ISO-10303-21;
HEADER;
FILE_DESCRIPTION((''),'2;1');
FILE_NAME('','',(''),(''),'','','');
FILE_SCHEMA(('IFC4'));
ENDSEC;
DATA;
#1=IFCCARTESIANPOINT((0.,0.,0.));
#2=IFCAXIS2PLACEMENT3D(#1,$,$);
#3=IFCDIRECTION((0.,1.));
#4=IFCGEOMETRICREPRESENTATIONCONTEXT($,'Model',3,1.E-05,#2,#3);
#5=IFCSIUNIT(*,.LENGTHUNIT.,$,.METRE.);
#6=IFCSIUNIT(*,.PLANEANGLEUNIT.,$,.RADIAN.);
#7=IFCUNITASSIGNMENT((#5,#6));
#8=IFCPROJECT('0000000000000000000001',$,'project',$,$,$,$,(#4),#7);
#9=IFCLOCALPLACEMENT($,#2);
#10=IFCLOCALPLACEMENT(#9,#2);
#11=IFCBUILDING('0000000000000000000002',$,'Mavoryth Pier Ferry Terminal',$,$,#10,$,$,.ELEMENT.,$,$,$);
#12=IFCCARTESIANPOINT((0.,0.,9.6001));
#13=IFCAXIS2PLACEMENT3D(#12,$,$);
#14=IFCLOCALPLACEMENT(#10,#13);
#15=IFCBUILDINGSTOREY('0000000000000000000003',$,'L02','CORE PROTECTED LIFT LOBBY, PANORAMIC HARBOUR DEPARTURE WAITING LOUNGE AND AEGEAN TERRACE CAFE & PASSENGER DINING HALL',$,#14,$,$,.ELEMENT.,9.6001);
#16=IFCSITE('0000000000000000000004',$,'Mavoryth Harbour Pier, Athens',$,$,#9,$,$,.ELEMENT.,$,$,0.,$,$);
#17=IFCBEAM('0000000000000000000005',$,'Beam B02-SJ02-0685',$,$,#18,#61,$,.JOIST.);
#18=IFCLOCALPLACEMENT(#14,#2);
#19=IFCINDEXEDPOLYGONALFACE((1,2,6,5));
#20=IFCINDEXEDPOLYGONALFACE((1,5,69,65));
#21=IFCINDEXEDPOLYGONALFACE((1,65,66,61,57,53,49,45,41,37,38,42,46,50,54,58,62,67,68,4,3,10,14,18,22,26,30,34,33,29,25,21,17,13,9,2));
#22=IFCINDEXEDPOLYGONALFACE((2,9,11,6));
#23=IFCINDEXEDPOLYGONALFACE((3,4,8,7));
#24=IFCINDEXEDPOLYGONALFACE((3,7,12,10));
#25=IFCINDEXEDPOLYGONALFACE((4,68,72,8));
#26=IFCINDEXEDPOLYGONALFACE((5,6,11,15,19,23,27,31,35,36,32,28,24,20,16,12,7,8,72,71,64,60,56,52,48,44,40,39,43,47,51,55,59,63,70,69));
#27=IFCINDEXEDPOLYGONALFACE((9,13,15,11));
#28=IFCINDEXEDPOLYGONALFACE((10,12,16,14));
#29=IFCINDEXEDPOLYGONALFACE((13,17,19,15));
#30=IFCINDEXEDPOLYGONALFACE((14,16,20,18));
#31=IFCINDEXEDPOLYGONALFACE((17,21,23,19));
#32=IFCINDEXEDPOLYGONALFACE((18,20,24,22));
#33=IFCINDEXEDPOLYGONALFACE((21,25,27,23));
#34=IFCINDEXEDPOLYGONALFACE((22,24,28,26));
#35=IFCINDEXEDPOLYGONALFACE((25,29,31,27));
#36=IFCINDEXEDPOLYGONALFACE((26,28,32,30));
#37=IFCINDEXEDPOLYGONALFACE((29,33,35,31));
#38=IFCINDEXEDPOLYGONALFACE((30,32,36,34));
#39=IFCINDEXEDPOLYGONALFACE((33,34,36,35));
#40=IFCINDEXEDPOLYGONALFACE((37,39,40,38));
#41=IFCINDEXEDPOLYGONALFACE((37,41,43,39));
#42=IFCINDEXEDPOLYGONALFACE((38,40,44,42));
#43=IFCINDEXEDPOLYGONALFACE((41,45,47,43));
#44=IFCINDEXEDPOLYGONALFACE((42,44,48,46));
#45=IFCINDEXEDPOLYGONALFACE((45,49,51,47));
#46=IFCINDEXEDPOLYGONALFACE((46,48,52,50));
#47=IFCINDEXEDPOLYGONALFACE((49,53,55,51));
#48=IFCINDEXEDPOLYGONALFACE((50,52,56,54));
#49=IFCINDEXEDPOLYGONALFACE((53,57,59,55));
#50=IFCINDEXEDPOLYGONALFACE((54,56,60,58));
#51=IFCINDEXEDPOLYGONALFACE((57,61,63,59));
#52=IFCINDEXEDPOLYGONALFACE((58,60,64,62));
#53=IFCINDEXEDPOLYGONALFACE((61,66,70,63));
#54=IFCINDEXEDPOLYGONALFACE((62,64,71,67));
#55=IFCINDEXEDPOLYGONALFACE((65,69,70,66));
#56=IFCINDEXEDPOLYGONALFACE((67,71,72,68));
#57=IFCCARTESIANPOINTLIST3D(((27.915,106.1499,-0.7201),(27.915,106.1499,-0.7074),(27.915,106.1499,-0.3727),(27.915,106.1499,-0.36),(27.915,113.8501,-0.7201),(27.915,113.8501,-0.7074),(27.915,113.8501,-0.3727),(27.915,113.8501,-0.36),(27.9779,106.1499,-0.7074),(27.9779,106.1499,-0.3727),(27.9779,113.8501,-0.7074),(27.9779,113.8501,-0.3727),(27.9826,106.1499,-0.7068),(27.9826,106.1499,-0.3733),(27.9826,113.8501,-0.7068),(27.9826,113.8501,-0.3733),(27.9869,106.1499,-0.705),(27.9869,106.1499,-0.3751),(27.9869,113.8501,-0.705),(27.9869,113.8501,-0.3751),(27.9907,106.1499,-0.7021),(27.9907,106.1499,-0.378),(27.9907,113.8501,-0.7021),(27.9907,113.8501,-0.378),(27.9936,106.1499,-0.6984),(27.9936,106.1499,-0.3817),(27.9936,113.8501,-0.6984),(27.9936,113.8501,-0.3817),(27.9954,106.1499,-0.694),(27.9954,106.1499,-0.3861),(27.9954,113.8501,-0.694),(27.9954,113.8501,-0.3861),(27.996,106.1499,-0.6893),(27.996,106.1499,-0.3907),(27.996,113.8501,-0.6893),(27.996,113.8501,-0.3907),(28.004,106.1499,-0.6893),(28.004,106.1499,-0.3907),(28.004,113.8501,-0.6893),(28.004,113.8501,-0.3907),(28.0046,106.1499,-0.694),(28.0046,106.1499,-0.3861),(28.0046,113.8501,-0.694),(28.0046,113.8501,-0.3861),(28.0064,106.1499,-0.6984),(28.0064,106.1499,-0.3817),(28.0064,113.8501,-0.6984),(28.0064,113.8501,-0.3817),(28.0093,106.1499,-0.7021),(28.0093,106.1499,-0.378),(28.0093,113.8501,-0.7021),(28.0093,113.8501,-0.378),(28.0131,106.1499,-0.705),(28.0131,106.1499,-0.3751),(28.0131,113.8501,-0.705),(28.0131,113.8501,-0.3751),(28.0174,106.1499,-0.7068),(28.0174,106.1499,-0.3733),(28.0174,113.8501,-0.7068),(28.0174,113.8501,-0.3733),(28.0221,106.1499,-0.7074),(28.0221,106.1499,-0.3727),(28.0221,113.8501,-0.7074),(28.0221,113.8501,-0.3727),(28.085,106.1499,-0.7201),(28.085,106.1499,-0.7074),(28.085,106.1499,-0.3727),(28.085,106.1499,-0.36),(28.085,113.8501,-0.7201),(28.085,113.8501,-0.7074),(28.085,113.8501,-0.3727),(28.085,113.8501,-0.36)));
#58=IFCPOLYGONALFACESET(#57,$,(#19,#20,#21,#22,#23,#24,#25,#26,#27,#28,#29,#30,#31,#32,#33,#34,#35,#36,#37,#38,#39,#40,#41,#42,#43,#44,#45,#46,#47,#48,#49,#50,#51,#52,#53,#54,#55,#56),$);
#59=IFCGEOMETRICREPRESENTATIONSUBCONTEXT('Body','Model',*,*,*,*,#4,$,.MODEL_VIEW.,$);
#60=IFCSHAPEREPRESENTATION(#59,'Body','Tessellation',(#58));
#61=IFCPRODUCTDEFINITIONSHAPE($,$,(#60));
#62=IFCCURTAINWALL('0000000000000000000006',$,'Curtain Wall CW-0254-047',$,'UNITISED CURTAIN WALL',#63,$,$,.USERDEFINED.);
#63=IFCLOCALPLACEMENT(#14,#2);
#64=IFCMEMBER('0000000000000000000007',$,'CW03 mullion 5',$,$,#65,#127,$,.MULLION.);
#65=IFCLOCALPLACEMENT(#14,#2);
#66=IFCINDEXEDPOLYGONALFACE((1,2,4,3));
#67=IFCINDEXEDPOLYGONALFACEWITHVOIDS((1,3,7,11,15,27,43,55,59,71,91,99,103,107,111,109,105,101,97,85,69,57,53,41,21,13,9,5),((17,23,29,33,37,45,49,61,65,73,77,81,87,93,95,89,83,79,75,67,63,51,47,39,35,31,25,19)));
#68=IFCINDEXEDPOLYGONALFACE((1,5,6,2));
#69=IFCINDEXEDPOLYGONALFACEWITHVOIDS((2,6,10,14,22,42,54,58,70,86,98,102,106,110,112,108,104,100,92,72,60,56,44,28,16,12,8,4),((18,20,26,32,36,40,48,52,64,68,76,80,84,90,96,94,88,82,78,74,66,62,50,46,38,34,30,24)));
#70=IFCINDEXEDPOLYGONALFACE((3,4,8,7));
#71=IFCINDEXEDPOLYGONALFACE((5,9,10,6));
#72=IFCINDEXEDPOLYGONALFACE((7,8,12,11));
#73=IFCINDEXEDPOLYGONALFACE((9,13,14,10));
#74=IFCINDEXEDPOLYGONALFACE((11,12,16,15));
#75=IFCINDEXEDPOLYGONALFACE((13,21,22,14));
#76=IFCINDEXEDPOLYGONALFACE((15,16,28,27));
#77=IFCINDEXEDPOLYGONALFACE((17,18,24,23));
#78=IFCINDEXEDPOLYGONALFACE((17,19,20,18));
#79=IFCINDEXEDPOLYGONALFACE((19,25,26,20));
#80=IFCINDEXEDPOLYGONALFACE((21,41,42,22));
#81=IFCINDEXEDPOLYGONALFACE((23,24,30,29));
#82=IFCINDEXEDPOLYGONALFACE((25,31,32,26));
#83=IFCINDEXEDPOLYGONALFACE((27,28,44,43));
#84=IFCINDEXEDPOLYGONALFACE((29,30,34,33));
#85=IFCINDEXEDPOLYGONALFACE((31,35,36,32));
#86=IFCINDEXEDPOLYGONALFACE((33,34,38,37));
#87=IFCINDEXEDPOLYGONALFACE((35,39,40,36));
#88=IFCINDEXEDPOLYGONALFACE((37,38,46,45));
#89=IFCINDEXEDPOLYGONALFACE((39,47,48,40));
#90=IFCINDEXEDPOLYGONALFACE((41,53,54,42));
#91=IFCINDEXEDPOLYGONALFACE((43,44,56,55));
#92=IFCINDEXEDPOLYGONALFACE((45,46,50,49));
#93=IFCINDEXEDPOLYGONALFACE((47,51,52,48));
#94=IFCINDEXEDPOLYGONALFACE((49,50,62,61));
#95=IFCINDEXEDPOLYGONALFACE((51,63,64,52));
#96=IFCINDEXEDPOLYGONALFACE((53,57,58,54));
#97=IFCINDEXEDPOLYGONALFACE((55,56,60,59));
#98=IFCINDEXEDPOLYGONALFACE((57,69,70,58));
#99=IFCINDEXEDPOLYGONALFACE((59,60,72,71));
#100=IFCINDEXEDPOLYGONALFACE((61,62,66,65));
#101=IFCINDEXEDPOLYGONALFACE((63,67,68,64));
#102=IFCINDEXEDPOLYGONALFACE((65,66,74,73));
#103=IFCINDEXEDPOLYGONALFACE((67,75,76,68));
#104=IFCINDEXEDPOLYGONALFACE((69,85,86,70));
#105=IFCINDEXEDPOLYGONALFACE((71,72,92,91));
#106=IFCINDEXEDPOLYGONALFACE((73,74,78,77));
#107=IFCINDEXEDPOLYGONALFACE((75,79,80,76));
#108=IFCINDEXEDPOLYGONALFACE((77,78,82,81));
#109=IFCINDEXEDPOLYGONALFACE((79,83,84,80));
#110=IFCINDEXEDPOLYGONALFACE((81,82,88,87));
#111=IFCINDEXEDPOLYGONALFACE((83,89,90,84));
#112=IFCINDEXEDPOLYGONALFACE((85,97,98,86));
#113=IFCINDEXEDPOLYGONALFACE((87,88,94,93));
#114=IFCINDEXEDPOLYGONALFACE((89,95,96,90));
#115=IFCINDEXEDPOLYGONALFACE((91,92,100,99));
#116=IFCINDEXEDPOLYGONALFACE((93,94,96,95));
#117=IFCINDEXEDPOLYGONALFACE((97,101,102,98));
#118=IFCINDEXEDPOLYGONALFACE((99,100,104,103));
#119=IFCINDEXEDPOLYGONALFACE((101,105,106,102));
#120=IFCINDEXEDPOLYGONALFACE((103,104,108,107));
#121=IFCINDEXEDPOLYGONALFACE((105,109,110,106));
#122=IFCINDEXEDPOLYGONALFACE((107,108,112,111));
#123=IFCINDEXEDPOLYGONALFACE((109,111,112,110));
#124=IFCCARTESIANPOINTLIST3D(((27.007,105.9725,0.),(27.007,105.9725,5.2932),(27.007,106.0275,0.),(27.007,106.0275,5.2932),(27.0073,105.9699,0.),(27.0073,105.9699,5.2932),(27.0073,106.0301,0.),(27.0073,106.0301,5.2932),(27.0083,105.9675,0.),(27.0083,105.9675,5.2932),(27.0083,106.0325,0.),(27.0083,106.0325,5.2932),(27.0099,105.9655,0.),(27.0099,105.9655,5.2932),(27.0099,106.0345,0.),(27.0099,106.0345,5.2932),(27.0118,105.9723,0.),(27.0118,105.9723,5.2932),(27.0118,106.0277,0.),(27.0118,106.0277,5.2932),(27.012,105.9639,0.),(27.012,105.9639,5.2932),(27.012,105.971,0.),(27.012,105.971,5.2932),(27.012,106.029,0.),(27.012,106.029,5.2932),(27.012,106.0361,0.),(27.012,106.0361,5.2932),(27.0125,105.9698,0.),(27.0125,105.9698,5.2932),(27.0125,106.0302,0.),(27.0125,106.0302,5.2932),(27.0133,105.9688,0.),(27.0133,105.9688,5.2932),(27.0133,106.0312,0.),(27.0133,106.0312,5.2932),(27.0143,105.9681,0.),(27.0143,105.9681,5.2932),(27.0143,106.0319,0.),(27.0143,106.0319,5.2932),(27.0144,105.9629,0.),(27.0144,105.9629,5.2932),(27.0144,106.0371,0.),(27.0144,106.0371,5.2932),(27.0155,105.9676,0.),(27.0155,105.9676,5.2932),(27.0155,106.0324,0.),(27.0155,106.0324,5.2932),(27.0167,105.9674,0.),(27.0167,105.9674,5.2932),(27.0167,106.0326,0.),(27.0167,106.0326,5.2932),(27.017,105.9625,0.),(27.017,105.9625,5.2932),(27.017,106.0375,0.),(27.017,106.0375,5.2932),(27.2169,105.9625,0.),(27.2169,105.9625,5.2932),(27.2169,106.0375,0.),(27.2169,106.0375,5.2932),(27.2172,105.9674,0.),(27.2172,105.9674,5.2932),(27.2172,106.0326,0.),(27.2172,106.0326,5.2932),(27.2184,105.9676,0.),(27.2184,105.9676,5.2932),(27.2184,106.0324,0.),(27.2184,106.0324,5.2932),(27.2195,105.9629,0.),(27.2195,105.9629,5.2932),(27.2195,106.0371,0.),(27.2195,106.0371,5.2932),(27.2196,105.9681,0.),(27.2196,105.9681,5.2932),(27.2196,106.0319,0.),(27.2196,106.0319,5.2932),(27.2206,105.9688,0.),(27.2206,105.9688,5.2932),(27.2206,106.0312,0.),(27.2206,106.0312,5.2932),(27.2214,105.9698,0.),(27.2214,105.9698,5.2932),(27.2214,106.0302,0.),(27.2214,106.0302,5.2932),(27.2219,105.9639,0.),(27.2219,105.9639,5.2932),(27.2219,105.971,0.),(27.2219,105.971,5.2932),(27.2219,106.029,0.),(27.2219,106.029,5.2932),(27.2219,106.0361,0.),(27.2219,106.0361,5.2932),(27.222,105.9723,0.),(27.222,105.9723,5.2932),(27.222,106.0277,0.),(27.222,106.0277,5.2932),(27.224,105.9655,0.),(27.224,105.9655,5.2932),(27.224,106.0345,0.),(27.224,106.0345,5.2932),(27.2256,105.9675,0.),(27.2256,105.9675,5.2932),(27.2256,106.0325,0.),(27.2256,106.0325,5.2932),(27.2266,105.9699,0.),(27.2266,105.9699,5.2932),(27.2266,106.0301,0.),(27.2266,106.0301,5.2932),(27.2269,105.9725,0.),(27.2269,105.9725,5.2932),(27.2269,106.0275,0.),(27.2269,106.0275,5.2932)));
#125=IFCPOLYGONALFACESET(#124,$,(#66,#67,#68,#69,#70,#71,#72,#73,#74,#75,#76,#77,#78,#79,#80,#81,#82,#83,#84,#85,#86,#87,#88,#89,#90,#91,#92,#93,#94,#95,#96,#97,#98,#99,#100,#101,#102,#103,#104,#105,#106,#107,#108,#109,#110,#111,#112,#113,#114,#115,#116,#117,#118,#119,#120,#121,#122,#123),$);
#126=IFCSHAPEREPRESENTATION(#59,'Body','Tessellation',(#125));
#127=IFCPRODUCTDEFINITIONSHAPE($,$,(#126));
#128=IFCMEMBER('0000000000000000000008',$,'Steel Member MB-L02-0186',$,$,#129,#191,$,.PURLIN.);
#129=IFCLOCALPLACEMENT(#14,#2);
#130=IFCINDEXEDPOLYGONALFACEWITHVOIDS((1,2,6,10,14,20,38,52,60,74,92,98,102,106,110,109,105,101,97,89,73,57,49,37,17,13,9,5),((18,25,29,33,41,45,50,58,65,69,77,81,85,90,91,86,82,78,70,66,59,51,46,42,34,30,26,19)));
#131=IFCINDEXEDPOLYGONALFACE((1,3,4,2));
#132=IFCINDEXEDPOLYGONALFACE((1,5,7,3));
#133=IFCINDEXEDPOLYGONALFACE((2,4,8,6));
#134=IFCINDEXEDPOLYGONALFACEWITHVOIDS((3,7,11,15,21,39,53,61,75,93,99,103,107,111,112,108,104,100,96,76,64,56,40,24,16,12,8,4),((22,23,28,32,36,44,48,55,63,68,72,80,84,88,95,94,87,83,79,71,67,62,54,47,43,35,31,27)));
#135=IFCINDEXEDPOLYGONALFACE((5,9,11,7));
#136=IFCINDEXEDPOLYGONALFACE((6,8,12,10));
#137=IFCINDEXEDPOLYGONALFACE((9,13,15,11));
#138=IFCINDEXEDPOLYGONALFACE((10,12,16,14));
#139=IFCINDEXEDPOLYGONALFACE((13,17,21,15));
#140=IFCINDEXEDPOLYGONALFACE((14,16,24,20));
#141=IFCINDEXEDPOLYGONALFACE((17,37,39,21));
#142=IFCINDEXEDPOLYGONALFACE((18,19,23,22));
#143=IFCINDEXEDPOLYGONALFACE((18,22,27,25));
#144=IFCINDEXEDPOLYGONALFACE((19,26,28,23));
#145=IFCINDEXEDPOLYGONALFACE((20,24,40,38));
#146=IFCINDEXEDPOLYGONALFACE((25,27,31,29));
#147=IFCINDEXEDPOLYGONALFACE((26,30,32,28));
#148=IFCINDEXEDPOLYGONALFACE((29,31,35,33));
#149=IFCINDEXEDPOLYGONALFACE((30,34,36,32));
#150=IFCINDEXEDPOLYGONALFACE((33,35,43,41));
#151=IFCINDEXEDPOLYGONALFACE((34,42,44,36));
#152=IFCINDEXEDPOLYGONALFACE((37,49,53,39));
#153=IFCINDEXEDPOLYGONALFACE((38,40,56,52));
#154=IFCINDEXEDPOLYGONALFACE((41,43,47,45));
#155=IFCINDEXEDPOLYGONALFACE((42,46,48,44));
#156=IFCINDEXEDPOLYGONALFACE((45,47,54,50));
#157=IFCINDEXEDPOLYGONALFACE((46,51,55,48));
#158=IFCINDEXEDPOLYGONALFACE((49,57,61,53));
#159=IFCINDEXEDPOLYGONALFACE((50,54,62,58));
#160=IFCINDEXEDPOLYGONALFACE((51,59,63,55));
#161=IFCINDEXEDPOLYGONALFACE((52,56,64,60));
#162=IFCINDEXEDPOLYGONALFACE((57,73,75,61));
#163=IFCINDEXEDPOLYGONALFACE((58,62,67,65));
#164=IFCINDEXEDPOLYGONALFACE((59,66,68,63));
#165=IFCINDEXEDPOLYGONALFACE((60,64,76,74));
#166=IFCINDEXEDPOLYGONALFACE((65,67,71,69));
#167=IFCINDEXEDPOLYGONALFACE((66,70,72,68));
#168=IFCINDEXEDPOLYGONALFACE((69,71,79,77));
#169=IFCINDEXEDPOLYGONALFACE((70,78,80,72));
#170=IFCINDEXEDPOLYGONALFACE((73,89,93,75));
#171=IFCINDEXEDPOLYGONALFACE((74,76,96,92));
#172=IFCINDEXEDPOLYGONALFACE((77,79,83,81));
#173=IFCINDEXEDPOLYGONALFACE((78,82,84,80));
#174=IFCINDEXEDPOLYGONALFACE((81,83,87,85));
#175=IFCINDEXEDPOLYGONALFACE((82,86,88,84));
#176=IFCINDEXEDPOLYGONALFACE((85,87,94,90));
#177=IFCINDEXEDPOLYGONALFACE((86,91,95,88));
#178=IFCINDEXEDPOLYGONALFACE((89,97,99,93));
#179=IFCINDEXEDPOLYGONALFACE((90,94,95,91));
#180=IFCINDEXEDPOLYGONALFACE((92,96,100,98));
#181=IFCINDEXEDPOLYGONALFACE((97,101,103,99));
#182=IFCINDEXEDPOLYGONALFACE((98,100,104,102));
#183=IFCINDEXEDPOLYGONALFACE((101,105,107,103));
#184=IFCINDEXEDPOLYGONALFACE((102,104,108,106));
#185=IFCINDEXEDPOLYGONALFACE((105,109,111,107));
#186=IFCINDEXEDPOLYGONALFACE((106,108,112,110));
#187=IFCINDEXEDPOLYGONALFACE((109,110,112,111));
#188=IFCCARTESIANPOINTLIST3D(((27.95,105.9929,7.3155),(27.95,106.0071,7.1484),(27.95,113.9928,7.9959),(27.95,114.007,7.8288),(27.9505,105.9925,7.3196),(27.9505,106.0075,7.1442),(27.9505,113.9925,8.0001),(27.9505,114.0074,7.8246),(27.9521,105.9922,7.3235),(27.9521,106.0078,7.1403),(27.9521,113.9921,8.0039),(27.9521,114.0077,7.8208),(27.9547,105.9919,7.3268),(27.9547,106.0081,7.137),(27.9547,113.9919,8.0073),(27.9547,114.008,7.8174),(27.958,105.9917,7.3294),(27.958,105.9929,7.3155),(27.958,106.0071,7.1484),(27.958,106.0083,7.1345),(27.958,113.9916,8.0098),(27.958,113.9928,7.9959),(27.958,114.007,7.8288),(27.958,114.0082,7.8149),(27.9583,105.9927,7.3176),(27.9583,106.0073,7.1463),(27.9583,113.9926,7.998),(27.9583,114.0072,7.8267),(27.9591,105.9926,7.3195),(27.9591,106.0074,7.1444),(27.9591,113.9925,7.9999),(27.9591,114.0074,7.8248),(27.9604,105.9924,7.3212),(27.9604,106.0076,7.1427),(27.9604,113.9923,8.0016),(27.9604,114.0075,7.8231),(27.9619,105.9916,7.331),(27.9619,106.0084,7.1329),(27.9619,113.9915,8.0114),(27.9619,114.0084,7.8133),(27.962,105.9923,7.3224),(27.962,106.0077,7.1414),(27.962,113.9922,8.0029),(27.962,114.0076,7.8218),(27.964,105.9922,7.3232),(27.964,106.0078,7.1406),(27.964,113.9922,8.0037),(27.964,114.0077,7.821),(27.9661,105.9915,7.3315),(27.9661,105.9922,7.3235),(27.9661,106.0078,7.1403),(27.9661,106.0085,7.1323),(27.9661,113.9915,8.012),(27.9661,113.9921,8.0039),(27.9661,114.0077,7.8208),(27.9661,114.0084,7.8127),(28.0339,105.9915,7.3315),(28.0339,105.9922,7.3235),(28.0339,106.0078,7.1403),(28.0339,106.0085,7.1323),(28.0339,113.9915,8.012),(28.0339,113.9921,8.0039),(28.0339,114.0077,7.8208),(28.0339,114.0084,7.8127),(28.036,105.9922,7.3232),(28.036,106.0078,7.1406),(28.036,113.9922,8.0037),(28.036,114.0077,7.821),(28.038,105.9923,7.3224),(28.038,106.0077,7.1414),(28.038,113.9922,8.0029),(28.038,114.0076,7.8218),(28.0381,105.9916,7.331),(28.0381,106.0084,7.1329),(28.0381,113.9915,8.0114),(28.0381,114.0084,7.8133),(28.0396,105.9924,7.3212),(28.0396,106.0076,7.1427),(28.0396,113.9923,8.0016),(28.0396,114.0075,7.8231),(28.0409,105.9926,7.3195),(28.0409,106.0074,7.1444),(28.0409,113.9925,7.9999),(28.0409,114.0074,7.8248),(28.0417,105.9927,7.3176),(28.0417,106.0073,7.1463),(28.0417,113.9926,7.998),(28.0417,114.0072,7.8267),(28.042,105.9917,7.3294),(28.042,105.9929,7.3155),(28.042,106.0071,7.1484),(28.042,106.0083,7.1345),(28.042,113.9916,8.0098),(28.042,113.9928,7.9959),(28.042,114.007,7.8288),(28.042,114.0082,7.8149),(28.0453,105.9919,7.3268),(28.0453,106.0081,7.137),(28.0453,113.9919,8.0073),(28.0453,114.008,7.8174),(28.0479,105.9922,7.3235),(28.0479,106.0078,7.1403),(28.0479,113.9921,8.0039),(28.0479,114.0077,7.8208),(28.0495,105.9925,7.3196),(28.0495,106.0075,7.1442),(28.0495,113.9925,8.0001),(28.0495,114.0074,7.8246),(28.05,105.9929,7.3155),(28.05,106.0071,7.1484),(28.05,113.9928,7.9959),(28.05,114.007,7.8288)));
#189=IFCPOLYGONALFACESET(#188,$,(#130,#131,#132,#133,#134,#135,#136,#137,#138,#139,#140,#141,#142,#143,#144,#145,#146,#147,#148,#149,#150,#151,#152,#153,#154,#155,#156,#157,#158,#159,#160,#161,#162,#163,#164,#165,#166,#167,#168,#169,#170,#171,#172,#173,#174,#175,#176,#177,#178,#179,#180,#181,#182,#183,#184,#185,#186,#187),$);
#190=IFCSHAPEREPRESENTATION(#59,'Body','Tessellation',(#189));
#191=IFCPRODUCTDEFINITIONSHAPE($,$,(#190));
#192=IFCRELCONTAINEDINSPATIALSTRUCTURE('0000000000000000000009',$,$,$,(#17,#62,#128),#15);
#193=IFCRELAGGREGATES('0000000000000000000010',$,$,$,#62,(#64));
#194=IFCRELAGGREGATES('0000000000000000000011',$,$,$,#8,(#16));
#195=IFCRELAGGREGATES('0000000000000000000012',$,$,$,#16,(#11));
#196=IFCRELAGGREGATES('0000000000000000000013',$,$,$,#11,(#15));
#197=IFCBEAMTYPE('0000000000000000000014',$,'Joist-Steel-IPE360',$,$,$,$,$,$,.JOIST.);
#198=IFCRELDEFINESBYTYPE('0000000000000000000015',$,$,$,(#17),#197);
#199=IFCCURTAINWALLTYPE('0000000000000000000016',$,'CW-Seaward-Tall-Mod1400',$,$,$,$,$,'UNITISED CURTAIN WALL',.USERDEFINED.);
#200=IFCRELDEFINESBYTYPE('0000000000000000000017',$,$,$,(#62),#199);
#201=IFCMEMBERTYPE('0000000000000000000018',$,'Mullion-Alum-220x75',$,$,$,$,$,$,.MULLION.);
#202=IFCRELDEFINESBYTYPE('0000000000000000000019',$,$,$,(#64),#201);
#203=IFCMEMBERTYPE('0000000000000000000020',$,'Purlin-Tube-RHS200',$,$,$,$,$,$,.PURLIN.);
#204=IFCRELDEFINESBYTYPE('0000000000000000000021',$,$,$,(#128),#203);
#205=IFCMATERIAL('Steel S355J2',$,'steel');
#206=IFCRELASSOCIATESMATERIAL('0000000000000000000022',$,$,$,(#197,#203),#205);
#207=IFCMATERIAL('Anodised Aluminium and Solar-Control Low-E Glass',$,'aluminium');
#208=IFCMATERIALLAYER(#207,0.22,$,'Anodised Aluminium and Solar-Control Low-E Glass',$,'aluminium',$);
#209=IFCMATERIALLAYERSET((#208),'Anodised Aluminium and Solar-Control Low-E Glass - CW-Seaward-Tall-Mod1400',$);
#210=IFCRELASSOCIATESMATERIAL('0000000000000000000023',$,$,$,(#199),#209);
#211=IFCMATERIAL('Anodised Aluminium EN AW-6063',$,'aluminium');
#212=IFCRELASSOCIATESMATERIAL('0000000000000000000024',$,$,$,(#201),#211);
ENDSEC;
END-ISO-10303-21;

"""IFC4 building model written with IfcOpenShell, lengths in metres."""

from ifc_helpers import new_model, si_unit, direction, frame, origin, origin_2d, place, context, subcontext, project, spatial, hollow_rectangle, i_section, extrude, material, layer, layer_set, material_profile, profile_set, type_object, element, aggregate, save


model = new_model("IFC4")

# Units and contexts
model_context = context("Model", 3, precision=1e-05, world=origin(), true_north=direction((0.0, 1.0)))
body_context = subcontext(model_context, "Body", "Model", "MODEL_VIEW")
ifc_project = project(units=[si_unit("LENGTHUNIT", "METRE"), si_unit("PLANEANGLEUNIT", "RADIAN")], contexts=[model_context])

# Site, building, storey
site_placement = place(None, origin())
site = spatial("IfcSite", under=ifc_project, at=site_placement, Name="Mavoryth Harbour Pier, Athens", CompositionType="ELEMENT", RefElevation=0.0)
building_placement = place(site_placement, origin())
building = spatial("IfcBuilding", under=site, at=building_placement, Name="Mavoryth Pier Ferry Terminal", CompositionType="ELEMENT")
storey_placement = place(building_placement, frame((0.0, 0.0, 9.6001)))
storey = spatial("IfcBuildingStorey", under=building, at=storey_placement, Name="L02", Description="CORE PROTECTED LIFT LOBBY, PANORAMIC HARBOUR DEPARTURE WAITING LOUNGE AND AEGEAN TERRACE CAFE & PASSENGER DINING HALL", CompositionType="ELEMENT", Elevation=9.6001)

# Shared definitions
ifc_material_1 = material(Name="Steel S355J2", Category="steel")

# Beam
ifc_material_profile_1 = material_profile(ifc_material_1, i_section(OverallWidth=0.1699, OverallDepth=0.3601, WebThickness=0.0081, FlangeThickness=0.0127, FilletRadius=0.0181, at=origin_2d()), Name="IPE 360", Category="steel")
ifc_profile_set_1 = profile_set([ifc_material_profile_1], Name="Steel S355J2 - IPE 360")
beam_type_1 = type_object("IfcBeamType", Name="Joist-Steel-IPE360", PredefinedType="JOIST", material=ifc_profile_set_1)
for number, where, z_axis, x_axis, name in (
    (1, (28.0, 106.1499, -0.54), (0.0, 1.0, 0.0), (-1.0, 0.0, 0.0), "Beam B02-SJ02-0685"),
):
    element("IfcBeam", number, at=place(storey_placement, frame(where, z_axis=z_axis, x_axis=x_axis)), inside=storey, type_object=beam_type_1, Name=name, PredefinedType="JOIST", context=body_context, shape_type="SweptSolid", body=[
        extrude(i_section(OverallWidth=0.1699, OverallDepth=0.3601, WebThickness=0.0081, FlangeThickness=0.0127, FilletRadius=0.0181, at=origin_2d()), origin(), (0.0, 0.0, 1.0), 7.7002),
    ])

# Curtain wall, member
ifc_material_2 = material(Name="Anodised Aluminium and Solar-Control Low-E Glass", Category="aluminium")
ifc_layer_1 = layer(ifc_material_2, 0.22, Name="Anodised Aluminium and Solar-Control Low-E Glass", Category="aluminium")
ifc_layer_set_1 = layer_set([ifc_layer_1], Name="Anodised Aluminium and Solar-Control Low-E Glass - CW-Seaward-Tall-Mod1400")
curtain_wall_type = type_object("IfcCurtainWallType", Name="CW-Seaward-Tall-Mod1400", ElementType="UNITISED CURTAIN WALL", PredefinedType="USERDEFINED", material=ifc_layer_set_1)
curtain_wall_placement = place(storey_placement, origin())
curtain_wall = element("IfcCurtainWall", 2, at=curtain_wall_placement, inside=storey, type_object=curtain_wall_type, Name="Curtain Wall CW-0254-047", ObjectType="UNITISED CURTAIN WALL", PredefinedType="USERDEFINED")
ifc_material_3 = material(Name="Anodised Aluminium EN AW-6063", Category="aluminium")
ifc_material_profile_2 = material_profile(ifc_material_3, hollow_rectangle(XDim=0.075, YDim=0.22, WallThickness=0.0049, InnerFilletRadius=0.0049, OuterFilletRadius=0.01, at=origin_2d()), Name="AL-MULL 220x75x5", Category="aluminium")
ifc_profile_set_2 = profile_set([ifc_material_profile_2], Name="Anodised Aluminium EN AW-6063 - AL-MULL 220x75x5")
member_type_1 = type_object("IfcMemberType", Name="Mullion-Alum-220x75", PredefinedType="MULLION", material=ifc_profile_set_2)
member_1_placement = place(storey_placement, frame((27.1169, 106.0, 0.0), z_axis=(0.0, 0.0, 1.0), x_axis=(0.0, -1.0, 0.0)))
member_1 = element("IfcMember", 3, at=member_1_placement, type_object=member_type_1, Name="CW03 mullion 5", PredefinedType="MULLION", context=body_context, shape_type="SweptSolid", body=[
    extrude(hollow_rectangle(XDim=0.075, YDim=0.22, WallThickness=0.0049, InnerFilletRadius=0.0049, OuterFilletRadius=0.01, at=origin_2d()), origin(), (0.0, 0.0, 1.0), 5.2932),
])

# Member
ifc_material_profile_3 = material_profile(ifc_material_1, hollow_rectangle(XDim=0.1001, YDim=0.2, WallThickness=0.0081, InnerFilletRadius=0.0081, OuterFilletRadius=0.0161, at=origin_2d()), Name="RHS 200x100x8.0", Category="steel")
ifc_profile_set_3 = profile_set([ifc_material_profile_3], Name="Steel S355J2 - RHS 200x100x8.0")
member_type_2 = type_object("IfcMemberType", Name="Purlin-Tube-RHS200", PredefinedType="PURLIN", material=ifc_profile_set_3)
member_2_placement = place(storey_placement, frame((28.0, 106.0, 7.2319), z_axis=(0.0, 0.996403, 0.084747), x_axis=(-1.0, 0.0, 0.0)))
element("IfcMember", 4, at=member_2_placement, inside=storey, type_object=member_type_2, Name="Steel Member MB-L02-0186", PredefinedType="PURLIN", context=body_context, shape_type="SweptSolid", body=[
    extrude(hollow_rectangle(XDim=0.1001, YDim=0.2, WallThickness=0.0081, InnerFilletRadius=0.0081, OuterFilletRadius=0.0161, at=origin_2d()), origin(), (0.0, 0.0, 1.0), 8.0288),
])

aggregate(curtain_wall, [member_1])

save(model, "model.ifc")
